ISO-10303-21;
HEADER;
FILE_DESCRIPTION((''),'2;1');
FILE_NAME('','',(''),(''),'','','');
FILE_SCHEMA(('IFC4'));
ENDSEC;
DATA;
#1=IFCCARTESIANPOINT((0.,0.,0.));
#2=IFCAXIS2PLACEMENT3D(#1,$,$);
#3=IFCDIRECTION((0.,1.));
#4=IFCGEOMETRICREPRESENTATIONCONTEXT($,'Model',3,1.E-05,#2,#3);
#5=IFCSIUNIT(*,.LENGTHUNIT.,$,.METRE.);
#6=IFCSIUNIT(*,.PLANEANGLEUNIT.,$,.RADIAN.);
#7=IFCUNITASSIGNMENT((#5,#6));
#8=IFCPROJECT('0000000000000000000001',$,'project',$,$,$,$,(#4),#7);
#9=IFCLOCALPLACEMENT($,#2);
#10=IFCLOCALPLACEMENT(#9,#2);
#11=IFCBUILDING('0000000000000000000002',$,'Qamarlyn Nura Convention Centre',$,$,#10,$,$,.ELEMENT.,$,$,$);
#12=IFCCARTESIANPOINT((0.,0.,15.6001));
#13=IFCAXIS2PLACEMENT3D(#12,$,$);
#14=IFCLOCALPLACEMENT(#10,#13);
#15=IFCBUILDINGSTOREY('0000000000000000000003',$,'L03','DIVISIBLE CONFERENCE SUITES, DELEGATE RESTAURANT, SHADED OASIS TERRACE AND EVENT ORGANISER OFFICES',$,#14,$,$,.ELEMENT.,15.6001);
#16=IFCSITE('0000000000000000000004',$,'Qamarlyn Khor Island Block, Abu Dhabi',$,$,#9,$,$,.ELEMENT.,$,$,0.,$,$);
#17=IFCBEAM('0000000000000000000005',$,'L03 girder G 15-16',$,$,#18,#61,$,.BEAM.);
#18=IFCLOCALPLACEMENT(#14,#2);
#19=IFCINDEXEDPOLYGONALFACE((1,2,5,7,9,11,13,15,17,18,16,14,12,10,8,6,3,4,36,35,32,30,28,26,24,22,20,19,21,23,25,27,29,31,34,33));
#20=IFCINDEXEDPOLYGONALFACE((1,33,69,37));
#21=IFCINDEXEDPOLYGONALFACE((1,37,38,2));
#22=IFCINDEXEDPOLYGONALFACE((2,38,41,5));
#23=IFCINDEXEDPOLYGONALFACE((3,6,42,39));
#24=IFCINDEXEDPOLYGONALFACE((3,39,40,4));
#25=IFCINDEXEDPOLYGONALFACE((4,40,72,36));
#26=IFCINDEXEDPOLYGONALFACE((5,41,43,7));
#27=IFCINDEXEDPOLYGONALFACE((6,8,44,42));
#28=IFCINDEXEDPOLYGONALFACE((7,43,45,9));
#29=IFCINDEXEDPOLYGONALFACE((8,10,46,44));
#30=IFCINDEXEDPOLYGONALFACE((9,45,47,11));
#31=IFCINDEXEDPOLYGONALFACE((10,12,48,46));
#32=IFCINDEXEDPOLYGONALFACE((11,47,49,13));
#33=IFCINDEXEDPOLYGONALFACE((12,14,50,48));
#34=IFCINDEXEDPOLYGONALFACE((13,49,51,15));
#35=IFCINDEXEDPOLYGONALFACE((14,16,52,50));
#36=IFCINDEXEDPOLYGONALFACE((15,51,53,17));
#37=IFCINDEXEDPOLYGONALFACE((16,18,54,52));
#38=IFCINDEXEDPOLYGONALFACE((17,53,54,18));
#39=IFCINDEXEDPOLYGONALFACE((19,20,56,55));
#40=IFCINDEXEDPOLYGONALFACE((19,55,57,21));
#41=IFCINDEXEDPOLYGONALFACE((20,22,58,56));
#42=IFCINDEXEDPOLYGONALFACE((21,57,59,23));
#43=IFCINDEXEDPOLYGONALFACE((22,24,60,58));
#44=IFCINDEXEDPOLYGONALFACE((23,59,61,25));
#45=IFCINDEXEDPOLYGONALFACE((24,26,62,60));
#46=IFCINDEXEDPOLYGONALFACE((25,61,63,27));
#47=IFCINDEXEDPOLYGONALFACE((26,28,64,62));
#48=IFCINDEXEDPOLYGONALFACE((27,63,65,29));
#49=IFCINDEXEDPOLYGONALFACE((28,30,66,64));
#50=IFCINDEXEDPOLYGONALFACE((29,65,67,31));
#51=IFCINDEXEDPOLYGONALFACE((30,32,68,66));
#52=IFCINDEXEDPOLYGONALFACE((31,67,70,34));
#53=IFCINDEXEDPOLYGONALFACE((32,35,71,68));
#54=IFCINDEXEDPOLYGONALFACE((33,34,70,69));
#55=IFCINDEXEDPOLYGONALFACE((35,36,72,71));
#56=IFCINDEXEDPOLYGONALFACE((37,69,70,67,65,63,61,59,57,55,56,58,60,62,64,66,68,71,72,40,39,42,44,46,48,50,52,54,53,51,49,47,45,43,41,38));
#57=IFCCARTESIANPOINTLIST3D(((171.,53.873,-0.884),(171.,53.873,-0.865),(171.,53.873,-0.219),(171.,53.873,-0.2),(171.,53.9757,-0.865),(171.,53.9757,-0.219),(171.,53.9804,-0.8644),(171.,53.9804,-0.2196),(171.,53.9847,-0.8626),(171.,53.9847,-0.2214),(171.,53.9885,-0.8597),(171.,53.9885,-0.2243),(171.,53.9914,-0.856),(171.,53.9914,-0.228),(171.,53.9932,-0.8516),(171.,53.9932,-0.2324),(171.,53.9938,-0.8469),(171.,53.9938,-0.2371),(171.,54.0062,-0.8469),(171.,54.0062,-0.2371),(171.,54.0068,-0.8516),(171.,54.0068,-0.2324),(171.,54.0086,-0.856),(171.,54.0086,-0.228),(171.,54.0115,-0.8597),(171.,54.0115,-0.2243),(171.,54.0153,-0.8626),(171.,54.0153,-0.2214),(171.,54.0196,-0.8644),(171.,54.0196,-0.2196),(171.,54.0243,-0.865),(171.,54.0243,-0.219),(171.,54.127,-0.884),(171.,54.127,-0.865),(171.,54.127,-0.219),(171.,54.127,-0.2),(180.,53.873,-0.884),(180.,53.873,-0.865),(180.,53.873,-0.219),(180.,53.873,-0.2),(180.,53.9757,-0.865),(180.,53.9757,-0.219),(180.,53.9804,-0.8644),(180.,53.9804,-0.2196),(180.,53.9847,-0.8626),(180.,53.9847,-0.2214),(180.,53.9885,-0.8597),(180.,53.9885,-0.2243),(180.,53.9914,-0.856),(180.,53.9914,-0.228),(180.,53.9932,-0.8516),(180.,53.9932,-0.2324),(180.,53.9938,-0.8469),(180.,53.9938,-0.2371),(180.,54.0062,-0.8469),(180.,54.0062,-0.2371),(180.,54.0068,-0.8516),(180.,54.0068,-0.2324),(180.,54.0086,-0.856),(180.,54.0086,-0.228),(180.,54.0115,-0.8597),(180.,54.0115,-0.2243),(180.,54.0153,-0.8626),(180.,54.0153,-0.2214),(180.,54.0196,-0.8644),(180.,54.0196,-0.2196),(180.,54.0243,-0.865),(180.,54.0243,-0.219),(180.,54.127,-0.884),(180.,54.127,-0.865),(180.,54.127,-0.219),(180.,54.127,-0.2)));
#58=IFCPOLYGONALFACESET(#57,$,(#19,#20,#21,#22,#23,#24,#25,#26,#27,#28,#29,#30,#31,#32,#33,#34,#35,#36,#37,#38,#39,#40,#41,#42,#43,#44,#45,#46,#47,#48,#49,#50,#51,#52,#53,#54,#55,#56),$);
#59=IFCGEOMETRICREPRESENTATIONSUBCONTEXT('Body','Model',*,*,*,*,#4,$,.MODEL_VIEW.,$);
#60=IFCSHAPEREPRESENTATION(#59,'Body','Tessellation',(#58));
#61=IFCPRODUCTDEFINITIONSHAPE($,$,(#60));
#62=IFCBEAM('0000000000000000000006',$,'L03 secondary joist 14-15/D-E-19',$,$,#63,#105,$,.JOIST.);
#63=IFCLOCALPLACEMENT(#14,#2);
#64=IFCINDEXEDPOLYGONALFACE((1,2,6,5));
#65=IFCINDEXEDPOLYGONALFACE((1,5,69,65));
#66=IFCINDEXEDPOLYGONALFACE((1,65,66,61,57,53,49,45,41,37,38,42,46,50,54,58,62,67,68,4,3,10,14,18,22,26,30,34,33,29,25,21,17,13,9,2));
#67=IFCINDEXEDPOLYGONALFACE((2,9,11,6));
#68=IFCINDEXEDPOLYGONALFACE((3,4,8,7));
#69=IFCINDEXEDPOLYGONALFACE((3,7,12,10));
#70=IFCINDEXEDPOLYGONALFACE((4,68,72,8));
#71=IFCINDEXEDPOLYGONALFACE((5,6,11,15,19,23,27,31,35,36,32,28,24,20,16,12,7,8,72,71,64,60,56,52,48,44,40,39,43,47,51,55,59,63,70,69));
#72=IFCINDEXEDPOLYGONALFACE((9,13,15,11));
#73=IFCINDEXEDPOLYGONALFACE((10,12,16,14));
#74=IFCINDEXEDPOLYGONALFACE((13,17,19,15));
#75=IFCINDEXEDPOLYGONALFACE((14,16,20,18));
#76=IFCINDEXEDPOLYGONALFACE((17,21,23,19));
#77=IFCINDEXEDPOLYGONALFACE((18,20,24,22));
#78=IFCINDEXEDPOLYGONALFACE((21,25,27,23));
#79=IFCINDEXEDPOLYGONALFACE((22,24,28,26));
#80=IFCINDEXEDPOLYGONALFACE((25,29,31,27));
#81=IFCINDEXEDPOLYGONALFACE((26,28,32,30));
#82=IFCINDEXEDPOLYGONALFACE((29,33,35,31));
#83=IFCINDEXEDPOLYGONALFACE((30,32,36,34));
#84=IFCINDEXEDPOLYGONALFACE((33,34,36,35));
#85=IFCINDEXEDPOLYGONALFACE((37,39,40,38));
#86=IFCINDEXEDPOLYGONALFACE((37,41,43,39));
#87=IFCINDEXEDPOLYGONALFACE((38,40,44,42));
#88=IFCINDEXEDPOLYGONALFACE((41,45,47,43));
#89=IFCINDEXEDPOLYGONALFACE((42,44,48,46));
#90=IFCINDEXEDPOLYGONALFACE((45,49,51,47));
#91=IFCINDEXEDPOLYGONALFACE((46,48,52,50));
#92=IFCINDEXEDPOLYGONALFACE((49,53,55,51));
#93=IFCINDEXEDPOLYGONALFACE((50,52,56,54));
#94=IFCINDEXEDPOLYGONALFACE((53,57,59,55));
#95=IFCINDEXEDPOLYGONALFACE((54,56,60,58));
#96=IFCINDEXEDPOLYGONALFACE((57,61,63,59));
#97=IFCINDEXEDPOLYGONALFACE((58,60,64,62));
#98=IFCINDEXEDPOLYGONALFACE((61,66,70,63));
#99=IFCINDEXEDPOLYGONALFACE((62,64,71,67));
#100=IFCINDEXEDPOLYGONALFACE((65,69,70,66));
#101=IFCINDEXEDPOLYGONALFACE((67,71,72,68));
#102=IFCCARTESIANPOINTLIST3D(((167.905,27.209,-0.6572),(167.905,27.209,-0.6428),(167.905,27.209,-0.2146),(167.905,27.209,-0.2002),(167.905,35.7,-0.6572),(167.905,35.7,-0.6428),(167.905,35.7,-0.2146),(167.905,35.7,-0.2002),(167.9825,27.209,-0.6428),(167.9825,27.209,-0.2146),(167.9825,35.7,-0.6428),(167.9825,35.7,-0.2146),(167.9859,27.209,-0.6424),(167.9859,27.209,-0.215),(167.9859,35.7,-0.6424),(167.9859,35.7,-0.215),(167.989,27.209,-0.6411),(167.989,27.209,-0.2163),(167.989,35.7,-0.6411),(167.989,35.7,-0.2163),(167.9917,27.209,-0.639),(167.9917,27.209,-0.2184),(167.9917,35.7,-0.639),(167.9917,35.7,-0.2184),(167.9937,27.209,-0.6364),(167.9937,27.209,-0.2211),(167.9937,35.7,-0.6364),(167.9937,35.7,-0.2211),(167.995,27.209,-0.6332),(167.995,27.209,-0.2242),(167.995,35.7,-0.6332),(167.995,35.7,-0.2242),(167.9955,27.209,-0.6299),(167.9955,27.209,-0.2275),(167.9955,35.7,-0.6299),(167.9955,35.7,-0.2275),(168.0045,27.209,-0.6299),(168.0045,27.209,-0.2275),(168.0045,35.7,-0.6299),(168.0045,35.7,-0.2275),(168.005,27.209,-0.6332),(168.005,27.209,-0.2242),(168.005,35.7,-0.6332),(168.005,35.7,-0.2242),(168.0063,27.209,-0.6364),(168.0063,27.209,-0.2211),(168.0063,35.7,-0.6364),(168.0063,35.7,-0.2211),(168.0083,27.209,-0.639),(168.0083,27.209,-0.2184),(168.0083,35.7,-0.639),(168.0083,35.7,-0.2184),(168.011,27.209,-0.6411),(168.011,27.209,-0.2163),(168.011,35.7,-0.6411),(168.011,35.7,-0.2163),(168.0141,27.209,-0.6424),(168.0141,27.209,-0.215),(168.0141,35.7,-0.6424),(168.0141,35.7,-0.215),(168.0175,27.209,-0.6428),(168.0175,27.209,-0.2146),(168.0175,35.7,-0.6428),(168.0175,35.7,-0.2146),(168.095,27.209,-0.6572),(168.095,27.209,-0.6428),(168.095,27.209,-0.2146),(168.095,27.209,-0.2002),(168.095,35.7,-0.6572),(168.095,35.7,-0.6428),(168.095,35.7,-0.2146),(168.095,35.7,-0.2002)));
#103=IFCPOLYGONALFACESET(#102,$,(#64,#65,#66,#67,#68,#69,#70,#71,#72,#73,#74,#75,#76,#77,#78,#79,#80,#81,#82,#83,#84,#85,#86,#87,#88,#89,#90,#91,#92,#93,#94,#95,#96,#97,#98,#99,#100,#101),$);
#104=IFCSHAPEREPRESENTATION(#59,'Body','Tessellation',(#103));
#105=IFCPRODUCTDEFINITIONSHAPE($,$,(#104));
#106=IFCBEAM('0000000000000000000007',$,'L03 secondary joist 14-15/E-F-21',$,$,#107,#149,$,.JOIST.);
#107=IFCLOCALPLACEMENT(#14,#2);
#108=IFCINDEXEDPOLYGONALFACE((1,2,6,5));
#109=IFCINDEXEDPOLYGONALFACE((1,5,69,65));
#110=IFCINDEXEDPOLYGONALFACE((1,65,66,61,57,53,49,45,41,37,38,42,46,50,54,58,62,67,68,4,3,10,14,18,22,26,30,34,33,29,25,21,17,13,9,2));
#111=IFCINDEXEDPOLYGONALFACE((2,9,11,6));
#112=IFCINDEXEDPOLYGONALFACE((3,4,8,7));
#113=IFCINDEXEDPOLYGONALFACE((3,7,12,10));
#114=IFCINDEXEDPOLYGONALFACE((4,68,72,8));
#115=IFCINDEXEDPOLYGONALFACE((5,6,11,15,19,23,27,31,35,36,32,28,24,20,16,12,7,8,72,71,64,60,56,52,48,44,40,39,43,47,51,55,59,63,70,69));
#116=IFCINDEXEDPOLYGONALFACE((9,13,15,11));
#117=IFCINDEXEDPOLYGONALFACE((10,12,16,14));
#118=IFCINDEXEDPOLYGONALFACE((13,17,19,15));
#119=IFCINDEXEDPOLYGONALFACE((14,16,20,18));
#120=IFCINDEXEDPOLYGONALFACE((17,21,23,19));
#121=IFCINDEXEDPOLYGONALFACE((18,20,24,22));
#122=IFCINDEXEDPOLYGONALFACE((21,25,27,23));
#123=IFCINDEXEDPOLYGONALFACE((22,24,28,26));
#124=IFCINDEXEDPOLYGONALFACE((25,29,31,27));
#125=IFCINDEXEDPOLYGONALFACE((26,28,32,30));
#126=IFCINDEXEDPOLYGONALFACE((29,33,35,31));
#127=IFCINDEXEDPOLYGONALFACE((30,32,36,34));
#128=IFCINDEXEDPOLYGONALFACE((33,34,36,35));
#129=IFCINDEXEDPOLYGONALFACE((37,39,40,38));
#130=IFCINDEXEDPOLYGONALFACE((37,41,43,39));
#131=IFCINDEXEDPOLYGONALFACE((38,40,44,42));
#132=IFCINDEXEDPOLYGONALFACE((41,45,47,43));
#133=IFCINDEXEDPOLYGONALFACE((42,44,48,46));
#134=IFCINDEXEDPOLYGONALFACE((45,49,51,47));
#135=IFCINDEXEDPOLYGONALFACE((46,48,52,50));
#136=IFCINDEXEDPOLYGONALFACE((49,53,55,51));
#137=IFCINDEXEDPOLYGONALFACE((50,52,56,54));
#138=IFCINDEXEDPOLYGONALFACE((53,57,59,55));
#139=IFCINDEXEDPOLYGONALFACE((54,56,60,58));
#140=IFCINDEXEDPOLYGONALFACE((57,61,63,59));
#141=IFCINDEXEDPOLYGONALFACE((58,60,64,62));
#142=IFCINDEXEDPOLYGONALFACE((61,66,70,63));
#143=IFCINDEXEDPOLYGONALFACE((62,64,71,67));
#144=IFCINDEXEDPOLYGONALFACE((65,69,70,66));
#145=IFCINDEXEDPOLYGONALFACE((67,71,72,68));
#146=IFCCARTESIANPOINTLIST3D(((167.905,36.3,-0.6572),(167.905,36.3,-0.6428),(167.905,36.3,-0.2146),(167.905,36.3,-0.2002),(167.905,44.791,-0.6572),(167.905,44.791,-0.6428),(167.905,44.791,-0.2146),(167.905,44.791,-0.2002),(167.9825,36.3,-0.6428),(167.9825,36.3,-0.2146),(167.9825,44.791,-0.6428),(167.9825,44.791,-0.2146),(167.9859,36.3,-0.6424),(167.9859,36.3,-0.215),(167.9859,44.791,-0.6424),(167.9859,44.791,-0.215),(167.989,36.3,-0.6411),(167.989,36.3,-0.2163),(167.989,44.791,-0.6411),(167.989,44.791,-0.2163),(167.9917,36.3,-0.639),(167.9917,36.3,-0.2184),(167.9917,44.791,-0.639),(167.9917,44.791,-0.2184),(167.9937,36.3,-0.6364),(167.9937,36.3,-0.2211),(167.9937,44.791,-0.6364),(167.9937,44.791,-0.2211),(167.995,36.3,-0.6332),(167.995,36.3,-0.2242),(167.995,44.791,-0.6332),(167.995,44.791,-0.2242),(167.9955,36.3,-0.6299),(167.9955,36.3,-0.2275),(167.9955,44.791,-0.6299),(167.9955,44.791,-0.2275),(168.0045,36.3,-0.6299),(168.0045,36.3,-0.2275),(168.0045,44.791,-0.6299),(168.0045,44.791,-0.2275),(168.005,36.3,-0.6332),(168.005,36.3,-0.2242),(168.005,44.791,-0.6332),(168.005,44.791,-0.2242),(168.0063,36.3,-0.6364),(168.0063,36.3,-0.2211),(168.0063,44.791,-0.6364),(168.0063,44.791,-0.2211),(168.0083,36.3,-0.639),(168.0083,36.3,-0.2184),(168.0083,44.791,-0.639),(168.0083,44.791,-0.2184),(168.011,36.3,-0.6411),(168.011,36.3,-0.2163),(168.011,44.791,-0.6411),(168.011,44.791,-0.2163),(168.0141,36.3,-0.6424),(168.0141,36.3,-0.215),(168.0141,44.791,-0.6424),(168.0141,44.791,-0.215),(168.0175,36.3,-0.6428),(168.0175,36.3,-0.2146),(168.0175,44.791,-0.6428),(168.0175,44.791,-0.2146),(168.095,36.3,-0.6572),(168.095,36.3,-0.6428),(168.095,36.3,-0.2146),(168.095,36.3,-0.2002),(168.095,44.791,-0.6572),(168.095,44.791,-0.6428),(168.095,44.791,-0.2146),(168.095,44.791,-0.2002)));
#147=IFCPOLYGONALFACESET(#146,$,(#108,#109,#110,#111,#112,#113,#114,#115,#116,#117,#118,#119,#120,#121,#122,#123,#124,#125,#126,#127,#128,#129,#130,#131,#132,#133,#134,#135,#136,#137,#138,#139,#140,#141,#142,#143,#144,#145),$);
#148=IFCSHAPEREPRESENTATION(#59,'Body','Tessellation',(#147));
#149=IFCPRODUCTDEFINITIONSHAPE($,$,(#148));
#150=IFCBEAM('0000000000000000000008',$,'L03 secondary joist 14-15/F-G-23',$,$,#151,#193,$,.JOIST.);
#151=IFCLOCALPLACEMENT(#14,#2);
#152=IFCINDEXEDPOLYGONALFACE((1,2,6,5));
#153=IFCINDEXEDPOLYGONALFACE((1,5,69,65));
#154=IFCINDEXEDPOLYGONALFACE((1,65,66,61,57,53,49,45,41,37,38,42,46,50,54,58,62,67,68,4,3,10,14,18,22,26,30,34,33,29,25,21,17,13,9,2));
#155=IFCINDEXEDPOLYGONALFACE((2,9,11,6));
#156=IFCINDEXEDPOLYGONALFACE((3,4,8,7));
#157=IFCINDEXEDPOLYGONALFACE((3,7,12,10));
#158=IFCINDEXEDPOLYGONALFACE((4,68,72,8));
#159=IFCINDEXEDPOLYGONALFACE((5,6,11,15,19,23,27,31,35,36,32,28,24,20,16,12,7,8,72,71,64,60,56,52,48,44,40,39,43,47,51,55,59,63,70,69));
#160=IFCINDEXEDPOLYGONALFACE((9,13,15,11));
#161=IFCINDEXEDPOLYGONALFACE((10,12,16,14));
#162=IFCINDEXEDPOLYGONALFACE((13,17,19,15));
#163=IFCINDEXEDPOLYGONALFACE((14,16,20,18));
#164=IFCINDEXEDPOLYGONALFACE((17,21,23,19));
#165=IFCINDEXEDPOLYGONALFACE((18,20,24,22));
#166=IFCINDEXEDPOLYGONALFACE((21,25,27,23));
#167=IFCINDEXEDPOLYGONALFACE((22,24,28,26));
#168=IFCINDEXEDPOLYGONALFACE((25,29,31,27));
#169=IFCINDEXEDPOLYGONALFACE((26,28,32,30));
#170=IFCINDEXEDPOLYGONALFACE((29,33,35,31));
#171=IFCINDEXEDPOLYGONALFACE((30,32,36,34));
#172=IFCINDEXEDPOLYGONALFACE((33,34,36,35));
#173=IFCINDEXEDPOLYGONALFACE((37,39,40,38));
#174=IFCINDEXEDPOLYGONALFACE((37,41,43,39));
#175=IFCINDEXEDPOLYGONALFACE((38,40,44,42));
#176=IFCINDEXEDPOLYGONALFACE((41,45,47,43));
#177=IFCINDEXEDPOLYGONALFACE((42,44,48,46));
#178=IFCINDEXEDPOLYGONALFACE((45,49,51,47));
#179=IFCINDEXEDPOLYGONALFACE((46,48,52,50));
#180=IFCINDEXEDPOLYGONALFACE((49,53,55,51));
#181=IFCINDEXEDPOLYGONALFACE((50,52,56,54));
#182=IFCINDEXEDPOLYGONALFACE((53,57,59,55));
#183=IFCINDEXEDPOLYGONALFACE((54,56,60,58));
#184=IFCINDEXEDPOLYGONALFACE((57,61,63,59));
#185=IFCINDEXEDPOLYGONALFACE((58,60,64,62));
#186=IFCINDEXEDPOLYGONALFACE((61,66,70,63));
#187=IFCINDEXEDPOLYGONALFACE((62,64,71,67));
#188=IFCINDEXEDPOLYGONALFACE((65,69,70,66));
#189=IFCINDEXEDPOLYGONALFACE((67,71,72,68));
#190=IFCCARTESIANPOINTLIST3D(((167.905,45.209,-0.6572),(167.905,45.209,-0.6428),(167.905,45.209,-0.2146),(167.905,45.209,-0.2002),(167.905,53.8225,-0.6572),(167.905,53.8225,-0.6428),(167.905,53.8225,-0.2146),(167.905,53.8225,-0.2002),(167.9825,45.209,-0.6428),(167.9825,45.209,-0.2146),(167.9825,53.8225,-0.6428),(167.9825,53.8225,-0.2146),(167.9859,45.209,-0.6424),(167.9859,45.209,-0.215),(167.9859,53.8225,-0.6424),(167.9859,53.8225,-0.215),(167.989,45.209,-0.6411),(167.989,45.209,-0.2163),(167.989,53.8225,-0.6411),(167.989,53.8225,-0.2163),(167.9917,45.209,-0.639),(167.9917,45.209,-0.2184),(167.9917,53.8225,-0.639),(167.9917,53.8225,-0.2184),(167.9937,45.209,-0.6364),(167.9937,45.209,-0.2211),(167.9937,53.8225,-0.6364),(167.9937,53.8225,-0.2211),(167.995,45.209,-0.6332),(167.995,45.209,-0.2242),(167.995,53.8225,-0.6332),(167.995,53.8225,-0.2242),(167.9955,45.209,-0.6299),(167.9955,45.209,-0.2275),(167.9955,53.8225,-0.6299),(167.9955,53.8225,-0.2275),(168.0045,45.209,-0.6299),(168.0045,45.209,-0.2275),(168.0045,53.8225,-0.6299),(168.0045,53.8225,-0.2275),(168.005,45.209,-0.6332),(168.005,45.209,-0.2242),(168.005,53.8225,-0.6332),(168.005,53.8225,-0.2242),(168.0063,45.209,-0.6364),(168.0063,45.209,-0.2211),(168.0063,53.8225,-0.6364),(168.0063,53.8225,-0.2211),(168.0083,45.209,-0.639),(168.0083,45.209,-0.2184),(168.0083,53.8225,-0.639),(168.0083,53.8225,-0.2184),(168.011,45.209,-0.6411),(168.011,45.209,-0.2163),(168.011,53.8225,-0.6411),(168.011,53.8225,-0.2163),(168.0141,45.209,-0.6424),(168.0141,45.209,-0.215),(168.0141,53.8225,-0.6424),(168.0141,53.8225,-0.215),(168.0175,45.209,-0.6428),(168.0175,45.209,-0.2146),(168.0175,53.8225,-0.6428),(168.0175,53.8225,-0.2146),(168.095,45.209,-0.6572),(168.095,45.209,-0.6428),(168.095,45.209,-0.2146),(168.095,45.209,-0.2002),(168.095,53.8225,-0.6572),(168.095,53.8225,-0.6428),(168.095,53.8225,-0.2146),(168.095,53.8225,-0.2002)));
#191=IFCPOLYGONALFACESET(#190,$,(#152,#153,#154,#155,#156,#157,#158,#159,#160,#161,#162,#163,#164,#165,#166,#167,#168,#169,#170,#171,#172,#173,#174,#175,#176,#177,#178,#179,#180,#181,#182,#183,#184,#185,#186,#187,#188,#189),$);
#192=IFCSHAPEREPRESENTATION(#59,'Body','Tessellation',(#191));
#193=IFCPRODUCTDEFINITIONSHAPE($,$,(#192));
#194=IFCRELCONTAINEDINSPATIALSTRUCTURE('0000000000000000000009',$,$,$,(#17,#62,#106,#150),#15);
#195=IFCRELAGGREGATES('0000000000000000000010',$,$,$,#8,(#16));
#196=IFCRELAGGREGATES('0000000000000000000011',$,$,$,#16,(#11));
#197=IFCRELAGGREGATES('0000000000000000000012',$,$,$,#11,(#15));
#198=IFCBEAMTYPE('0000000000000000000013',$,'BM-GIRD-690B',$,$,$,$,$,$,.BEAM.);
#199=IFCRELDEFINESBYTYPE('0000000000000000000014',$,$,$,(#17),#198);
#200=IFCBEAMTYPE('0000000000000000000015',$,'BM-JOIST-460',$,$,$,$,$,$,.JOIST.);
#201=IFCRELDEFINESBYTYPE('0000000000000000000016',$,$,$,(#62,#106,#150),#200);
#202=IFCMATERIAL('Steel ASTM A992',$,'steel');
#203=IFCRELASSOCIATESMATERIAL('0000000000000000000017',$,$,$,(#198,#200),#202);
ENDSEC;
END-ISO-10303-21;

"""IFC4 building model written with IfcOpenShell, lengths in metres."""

from ifc_helpers import new_model, si_unit, direction, frame, origin, origin_2d, place, context, subcontext, project, spatial, i_section, extrude, material, material_profile, profile_set, type_object, element, save


model = new_model("IFC4")

# Units and contexts
model_context = context("Model", 3, precision=1e-05, world=origin(), true_north=direction((0.0, 1.0)))
body_context = subcontext(model_context, "Body", "Model", "MODEL_VIEW")
ifc_project = project(units=[si_unit("LENGTHUNIT", "METRE"), si_unit("PLANEANGLEUNIT", "RADIAN")], contexts=[model_context])

# Site, building, storey
site_placement = place(None, origin())
site = spatial("IfcSite", under=ifc_project, at=site_placement, Name="Qamarlyn Khor Island Block, Abu Dhabi", CompositionType="ELEMENT", RefElevation=0.0)
building_placement = place(site_placement, origin())
building = spatial("IfcBuilding", under=site, at=building_placement, Name="Qamarlyn Nura Convention Centre", CompositionType="ELEMENT")
storey_placement = place(building_placement, frame((0.0, 0.0, 15.6001)))
storey = spatial("IfcBuildingStorey", under=building, at=storey_placement, Name="L03", Description="DIVISIBLE CONFERENCE SUITES, DELEGATE RESTAURANT, SHADED OASIS TERRACE AND EVENT ORGANISER OFFICES", CompositionType="ELEMENT", Elevation=15.6001)

# Shared definitions
ifc_material_1 = material(Name="Steel ASTM A992", Category="steel")

# Beams
ifc_material_profile_1 = material_profile(ifc_material_1, i_section(OverallWidth=0.2539, OverallDepth=0.6841, WebThickness=0.0125, FlangeThickness=0.019, FilletRadius=0.0181, at=origin_2d()), Name="W690X140")
ifc_profile_set_1 = profile_set([ifc_material_profile_1], Name="Steel ASTM A992")
beam_type_1 = type_object("IfcBeamType", Name="BM-GIRD-690B", PredefinedType="BEAM", material=ifc_profile_set_1)
beam_1_placement = place(storey_placement, frame((171.0, 54.0, -0.542), z_axis=(1.0, 0.0, 0.0), x_axis=(0.0, 1.0, 0.0)))
element("IfcBeam", 1, at=beam_1_placement, inside=storey, type_object=beam_type_1, Name="L03 girder G 15-16", PredefinedType="BEAM", context=body_context, shape_type="SweptSolid", body=[
    extrude(i_section(OverallWidth=0.2539, OverallDepth=0.6841, WebThickness=0.0125, FlangeThickness=0.019, FilletRadius=0.0181, at=origin_2d()), origin(), (0.0, 0.0, 1.0), 9.0),
])
ifc_material_profile_2 = material_profile(ifc_material_1, i_section(OverallWidth=0.1899, OverallDepth=0.457, WebThickness=0.009, FlangeThickness=0.0144, FilletRadius=0.0129, at=origin_2d()), Name="W460X74")
ifc_profile_set_2 = profile_set([ifc_material_profile_2], Name="Steel ASTM A992")
beam_type_2 = type_object("IfcBeamType", Name="BM-JOIST-460", PredefinedType="JOIST", material=ifc_profile_set_2)
for number, where, z_axis, x_axis, name in (
    (2, (168.0, 27.209, -0.4287), (0.0, 1.0, 0.0), (-1.0, 0.0, 0.0), "L03 secondary joist 14-15/D-E-19"),
    (3, (168.0, 36.3, -0.4287), (0.0, 1.0, 0.0), (-1.0, 0.0, 0.0), "L03 secondary joist 14-15/E-F-21"),
):
    element("IfcBeam", number, at=place(storey_placement, frame(where, z_axis=z_axis, x_axis=x_axis)), inside=storey, type_object=beam_type_2, Name=name, PredefinedType="JOIST", context=body_context, shape_type="SweptSolid", body=[
        extrude(i_section(OverallWidth=0.1899, OverallDepth=0.457, WebThickness=0.009, FlangeThickness=0.0144, FilletRadius=0.0129, at=origin_2d()), origin(), (0.0, 0.0, 1.0), 8.491),
    ])
beam_2_placement = place(storey_placement, frame((168.0, 45.209, -0.4287), z_axis=(0.0, 1.0, 0.0), x_axis=(-1.0, 0.0, 0.0)))
element("IfcBeam", 4, at=beam_2_placement, inside=storey, type_object=beam_type_2, Name="L03 secondary joist 14-15/F-G-23", PredefinedType="JOIST", context=body_context, shape_type="SweptSolid", body=[
    extrude(i_section(OverallWidth=0.1899, OverallDepth=0.457, WebThickness=0.009, FlangeThickness=0.0144, FilletRadius=0.0129, at=origin_2d()), origin(), (0.0, 0.0, 1.0), 8.6135),
])

save(model, "model.ifc")
